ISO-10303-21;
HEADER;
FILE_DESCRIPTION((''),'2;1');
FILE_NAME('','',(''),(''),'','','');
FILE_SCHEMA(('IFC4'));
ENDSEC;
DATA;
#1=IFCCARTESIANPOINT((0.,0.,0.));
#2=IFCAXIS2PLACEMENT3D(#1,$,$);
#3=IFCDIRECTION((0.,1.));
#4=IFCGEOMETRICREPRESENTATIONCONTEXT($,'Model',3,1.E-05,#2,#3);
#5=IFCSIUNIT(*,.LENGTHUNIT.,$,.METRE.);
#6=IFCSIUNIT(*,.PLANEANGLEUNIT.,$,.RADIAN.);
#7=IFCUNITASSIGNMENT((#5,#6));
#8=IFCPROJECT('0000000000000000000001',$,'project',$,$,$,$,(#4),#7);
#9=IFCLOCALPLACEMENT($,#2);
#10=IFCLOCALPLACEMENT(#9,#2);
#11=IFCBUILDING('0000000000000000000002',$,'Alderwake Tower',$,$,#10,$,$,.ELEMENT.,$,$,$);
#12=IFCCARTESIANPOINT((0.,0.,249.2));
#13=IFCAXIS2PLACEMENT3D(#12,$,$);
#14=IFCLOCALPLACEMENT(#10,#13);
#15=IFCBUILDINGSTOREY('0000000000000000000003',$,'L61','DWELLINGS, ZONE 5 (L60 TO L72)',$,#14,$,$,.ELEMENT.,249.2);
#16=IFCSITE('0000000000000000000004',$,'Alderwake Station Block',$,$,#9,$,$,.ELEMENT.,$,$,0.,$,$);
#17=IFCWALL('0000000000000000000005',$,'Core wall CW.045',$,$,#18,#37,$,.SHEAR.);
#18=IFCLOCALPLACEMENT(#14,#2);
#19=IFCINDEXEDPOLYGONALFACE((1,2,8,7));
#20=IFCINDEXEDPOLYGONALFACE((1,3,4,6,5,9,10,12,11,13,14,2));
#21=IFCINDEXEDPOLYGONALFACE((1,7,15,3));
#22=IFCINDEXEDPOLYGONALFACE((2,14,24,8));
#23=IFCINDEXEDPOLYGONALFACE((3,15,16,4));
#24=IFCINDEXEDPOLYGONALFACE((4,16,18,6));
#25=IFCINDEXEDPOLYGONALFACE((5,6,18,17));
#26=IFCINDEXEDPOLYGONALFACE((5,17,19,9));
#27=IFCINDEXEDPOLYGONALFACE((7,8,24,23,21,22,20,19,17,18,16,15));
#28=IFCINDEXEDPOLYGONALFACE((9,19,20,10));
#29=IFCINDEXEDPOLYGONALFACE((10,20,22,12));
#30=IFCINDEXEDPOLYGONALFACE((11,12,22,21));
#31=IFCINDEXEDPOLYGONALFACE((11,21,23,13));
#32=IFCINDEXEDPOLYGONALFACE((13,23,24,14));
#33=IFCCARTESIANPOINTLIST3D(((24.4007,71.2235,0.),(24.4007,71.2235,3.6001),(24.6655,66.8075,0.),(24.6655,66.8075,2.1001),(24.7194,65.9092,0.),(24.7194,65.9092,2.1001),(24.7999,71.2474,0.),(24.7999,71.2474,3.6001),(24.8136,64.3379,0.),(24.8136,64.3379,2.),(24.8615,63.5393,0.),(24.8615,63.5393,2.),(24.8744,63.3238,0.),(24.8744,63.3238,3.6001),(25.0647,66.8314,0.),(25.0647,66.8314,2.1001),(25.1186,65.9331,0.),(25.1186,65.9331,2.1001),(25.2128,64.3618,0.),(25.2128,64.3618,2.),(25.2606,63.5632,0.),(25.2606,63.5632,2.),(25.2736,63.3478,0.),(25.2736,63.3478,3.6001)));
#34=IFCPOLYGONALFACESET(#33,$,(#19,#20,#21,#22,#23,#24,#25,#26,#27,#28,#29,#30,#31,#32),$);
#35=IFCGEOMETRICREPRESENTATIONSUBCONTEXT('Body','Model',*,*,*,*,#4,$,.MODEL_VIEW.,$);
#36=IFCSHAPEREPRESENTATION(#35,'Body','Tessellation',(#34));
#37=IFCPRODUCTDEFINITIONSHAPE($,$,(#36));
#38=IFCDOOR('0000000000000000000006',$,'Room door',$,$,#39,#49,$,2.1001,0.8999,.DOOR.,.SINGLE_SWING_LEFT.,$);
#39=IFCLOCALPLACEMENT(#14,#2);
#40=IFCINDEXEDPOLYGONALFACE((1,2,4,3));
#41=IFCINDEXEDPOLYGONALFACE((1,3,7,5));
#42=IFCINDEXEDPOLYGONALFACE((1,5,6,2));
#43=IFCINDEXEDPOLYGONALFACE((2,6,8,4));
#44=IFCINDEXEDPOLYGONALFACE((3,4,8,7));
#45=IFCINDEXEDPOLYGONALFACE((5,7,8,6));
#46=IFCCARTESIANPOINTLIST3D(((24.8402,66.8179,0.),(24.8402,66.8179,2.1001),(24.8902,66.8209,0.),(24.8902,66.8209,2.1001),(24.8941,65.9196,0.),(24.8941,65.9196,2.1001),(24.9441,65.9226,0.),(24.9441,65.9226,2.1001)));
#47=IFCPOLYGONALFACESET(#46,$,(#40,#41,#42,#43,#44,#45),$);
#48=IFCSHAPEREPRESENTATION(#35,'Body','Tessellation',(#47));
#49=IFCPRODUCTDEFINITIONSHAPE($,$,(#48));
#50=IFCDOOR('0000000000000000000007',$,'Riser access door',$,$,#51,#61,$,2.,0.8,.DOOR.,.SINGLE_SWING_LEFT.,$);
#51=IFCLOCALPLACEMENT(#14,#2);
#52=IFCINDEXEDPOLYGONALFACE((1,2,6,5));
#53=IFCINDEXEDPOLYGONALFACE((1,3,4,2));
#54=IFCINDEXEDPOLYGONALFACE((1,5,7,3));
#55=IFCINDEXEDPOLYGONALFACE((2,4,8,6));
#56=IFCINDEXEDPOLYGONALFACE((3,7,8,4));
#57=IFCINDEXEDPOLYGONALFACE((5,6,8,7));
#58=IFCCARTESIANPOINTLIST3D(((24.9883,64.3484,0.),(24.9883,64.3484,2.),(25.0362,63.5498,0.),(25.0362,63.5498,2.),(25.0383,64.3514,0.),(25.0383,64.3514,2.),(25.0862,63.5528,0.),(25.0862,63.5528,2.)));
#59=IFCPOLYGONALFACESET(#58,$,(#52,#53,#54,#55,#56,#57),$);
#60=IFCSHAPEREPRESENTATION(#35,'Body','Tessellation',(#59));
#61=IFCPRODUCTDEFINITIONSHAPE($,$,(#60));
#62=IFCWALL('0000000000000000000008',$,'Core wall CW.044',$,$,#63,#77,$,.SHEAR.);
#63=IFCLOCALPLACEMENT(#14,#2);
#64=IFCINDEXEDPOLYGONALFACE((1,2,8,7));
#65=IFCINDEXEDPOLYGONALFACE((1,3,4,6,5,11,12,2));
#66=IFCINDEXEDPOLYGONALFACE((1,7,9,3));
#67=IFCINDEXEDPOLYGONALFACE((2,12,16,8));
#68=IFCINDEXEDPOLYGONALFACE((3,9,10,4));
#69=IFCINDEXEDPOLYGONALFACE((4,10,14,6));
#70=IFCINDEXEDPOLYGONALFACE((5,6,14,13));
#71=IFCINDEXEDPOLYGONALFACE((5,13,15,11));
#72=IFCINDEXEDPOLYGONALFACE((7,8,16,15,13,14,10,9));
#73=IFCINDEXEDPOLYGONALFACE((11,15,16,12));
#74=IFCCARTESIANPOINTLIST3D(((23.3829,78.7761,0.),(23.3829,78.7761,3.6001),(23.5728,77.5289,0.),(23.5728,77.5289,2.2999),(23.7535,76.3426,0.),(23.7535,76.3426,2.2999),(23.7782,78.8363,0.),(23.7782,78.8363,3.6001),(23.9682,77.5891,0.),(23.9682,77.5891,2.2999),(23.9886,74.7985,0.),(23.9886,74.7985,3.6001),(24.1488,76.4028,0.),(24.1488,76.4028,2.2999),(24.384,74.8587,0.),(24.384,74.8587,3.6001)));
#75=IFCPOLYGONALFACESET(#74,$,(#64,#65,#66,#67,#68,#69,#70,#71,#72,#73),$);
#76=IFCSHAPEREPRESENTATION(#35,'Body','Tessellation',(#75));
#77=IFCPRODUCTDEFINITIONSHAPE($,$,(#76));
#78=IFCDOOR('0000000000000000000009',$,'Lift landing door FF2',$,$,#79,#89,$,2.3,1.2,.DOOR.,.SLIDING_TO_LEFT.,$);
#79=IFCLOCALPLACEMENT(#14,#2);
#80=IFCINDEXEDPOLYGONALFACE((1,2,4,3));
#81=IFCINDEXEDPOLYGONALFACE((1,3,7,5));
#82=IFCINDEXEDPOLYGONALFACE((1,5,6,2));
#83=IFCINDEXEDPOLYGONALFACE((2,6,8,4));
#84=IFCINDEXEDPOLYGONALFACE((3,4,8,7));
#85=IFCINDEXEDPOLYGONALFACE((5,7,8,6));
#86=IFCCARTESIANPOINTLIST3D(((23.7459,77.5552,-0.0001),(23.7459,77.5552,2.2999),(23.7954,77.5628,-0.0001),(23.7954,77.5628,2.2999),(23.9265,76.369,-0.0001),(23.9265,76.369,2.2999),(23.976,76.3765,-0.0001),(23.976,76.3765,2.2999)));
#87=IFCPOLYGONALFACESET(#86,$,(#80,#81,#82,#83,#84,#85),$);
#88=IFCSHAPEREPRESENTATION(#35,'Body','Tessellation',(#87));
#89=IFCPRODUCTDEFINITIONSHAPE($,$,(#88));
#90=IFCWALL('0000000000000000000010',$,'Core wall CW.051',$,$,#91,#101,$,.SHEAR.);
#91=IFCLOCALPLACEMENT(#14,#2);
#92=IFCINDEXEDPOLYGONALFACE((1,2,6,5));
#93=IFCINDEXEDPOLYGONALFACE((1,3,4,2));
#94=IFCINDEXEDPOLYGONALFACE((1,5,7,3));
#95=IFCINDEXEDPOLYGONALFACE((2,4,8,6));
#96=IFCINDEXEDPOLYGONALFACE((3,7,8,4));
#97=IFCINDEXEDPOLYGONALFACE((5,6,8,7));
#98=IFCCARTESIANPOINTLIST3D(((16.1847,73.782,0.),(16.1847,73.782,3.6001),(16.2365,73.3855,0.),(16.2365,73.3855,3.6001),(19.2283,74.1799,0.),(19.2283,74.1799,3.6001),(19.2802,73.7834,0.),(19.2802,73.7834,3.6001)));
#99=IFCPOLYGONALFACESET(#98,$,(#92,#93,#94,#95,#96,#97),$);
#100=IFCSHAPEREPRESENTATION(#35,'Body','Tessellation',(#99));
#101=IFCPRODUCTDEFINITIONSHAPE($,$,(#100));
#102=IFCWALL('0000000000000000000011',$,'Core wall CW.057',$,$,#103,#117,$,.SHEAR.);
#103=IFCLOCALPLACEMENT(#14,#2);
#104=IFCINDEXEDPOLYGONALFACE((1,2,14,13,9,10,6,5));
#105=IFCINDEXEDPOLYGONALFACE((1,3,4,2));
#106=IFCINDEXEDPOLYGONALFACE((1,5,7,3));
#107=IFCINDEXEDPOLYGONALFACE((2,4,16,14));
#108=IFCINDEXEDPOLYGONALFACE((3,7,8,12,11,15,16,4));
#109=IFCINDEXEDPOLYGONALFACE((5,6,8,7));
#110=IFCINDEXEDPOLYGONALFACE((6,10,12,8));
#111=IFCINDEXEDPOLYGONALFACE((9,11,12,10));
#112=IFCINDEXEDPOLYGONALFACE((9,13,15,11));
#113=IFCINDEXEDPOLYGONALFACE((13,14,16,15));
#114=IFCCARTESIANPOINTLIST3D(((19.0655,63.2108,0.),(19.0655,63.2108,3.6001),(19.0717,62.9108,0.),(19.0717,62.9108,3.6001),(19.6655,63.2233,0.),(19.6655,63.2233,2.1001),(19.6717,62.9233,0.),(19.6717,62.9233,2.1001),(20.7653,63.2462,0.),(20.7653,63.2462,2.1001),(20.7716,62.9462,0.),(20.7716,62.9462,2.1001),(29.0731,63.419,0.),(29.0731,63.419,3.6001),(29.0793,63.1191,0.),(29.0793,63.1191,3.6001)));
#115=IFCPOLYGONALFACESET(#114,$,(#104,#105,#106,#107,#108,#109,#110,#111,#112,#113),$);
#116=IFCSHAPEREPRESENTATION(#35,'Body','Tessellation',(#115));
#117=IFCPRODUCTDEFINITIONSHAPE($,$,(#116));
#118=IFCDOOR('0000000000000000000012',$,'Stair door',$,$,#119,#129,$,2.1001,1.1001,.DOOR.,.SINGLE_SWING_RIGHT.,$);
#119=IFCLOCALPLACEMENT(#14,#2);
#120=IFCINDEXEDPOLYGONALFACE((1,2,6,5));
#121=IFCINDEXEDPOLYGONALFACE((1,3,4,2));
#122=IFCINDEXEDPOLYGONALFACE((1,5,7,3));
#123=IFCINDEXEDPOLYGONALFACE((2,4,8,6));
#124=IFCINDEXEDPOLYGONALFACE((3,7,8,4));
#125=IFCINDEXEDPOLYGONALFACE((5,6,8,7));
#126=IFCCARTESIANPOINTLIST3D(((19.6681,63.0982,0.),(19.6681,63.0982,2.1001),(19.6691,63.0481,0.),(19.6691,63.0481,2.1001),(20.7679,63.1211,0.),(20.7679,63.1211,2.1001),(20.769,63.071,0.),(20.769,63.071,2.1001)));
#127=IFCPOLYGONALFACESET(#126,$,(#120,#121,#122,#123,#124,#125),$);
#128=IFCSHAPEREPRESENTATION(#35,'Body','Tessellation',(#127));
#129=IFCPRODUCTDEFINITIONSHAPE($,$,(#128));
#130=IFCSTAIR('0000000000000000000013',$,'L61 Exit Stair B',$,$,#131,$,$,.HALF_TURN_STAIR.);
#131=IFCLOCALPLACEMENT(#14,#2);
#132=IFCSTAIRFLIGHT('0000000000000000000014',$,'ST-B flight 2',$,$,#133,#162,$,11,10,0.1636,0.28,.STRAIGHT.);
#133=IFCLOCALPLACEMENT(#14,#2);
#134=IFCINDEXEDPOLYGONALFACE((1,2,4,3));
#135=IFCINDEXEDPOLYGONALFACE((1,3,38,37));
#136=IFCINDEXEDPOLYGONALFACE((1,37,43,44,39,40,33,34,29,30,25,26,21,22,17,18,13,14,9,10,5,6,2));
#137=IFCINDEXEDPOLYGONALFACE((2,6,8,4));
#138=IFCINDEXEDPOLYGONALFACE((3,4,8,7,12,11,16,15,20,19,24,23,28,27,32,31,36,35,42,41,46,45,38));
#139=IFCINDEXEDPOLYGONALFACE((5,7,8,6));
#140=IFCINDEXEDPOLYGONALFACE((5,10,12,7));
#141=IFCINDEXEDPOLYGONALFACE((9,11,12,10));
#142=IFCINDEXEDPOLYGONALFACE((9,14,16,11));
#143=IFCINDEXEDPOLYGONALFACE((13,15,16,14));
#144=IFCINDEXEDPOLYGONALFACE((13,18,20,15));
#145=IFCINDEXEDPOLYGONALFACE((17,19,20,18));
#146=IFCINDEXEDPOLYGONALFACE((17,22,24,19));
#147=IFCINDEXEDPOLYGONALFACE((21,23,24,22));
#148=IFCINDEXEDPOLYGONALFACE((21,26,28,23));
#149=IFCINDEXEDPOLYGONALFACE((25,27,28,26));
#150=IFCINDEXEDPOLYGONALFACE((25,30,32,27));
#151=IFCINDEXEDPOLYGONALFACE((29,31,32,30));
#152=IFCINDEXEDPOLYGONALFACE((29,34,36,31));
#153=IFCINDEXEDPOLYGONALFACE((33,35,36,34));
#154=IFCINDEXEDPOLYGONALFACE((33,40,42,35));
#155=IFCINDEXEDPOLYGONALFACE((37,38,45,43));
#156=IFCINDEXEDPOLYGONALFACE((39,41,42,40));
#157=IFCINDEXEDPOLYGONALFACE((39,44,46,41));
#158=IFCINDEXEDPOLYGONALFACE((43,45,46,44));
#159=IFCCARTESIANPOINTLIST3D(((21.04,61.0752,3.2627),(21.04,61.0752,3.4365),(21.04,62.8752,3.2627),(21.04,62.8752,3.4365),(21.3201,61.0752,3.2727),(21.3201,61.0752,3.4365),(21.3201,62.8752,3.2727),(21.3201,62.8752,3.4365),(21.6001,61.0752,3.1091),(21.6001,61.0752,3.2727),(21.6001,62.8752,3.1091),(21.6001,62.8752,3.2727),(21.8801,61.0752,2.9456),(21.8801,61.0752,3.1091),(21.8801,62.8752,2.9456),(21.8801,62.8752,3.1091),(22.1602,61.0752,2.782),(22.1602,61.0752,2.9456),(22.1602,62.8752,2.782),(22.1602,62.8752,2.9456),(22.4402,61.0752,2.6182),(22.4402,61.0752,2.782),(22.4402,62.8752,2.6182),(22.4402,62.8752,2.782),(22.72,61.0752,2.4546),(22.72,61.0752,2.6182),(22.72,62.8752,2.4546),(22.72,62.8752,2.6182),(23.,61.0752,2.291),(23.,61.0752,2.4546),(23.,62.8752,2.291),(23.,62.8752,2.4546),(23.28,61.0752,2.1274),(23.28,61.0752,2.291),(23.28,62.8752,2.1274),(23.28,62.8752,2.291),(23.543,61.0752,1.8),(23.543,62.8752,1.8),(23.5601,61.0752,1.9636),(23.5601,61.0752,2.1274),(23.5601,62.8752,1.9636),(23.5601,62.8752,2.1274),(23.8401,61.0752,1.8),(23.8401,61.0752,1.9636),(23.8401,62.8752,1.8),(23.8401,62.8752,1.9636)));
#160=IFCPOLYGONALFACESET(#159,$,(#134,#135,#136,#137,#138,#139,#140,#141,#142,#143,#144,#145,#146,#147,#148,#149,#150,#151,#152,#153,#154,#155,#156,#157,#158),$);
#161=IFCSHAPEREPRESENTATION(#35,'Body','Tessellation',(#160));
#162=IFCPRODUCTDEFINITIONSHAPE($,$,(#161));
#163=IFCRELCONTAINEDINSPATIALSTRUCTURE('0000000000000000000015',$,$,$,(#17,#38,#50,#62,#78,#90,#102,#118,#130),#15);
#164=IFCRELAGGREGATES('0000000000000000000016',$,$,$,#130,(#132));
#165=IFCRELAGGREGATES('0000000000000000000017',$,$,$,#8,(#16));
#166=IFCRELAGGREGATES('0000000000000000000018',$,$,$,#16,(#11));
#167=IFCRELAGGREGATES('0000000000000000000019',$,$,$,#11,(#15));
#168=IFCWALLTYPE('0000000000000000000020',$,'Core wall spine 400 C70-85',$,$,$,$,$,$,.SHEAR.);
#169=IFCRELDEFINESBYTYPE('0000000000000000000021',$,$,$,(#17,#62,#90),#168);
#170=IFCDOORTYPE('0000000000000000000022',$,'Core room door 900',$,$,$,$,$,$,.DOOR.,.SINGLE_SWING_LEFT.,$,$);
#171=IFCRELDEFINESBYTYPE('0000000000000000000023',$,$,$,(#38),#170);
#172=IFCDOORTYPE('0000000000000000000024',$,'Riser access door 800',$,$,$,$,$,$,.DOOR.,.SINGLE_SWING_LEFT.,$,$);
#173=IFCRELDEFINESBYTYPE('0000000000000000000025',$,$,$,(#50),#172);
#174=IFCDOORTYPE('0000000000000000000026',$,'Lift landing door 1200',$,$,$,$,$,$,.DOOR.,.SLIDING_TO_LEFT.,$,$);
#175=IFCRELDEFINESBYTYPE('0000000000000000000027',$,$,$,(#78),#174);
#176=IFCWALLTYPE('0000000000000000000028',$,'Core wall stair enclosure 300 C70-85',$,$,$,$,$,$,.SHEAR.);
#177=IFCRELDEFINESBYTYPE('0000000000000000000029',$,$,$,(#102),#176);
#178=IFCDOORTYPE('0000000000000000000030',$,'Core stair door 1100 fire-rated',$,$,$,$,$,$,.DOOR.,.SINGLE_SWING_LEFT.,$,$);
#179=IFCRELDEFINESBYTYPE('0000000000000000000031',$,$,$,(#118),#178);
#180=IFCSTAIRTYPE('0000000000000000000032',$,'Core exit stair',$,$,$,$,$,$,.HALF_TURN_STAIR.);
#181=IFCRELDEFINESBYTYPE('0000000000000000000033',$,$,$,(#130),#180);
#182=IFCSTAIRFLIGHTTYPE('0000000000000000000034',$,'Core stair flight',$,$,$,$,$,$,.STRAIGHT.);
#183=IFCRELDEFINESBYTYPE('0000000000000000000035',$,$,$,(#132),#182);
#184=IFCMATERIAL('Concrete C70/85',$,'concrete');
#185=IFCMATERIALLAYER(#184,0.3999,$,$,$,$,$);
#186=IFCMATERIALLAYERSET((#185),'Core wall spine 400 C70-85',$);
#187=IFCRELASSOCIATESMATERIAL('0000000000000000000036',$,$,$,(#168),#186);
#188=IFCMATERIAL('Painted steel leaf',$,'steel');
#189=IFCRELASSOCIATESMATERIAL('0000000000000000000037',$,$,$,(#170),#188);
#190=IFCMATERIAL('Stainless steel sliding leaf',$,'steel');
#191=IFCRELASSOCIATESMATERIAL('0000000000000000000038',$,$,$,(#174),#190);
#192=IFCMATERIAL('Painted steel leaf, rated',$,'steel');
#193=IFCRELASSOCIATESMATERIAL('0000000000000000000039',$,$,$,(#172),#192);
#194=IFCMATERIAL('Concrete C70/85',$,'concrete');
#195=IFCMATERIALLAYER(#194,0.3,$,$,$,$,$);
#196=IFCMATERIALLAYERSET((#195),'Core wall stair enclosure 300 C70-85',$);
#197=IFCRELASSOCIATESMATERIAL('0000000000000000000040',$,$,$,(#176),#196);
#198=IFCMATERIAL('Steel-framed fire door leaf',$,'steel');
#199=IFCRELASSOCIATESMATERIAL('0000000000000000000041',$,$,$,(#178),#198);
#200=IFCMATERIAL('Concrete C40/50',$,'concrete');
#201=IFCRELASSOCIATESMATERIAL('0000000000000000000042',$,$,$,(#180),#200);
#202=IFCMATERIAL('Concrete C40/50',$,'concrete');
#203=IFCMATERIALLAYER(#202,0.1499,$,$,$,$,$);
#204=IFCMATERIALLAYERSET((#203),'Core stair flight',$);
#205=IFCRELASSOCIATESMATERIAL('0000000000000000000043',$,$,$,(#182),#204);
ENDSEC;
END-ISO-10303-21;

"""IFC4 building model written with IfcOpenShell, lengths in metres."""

from ifc_helpers import new_model, si_unit, direction, frame, frame_2d, origin, place, context, subcontext, project, spatial, polyline, rectangle, outline, extrude, material, layer, layer_set, type_object, element, fill, aggregate, save


model = new_model("IFC4")

# Units and contexts
model_context = context("Model", 3, precision=1e-05, world=origin(), true_north=direction((0.0, 1.0)))
body_context = subcontext(model_context, "Body", "Model", "MODEL_VIEW")
ifc_project = project(units=[si_unit("LENGTHUNIT", "METRE"), si_unit("PLANEANGLEUNIT", "RADIAN")], contexts=[model_context])

# Site, building, storey
site_placement = place(None, origin())
site = spatial("IfcSite", under=ifc_project, at=site_placement, Name="Alderwake Station Block", CompositionType="ELEMENT", RefElevation=0.0)
building_placement = place(site_placement, origin())
building = spatial("IfcBuilding", under=site, at=building_placement, Name="Alderwake Tower", CompositionType="ELEMENT")
storey_placement = place(building_placement, frame((0.0, 0.0, 249.2)))
storey = spatial("IfcBuildingStorey", under=building, at=storey_placement, Name="L61", Description="DWELLINGS, ZONE 5 (L60 TO L72)", CompositionType="ELEMENT", Elevation=249.2)

# Shared definitions
ifc_material_1 = material(Name="Concrete C70/85", Category="concrete")
ifc_layer_1 = layer(ifc_material_1, 0.3999)
ifc_layer_set_1 = layer_set([ifc_layer_1], Name="Core wall spine 400 C70-85")
wall_type_1 = type_object("IfcWallType", Name="Core wall spine 400 C70-85", PredefinedType="SHEAR", material=ifc_layer_set_1)
ifc_material_2 = material(Name="Painted steel leaf", Category="steel")
door_type_1 = type_object("IfcDoorType", Name="Core room door 900", OperationType="SINGLE_SWING_LEFT", PredefinedType="DOOR", material=ifc_material_2)
ifc_material_3 = material(Name="Stainless steel sliding leaf", Category="steel")
door_type_2 = type_object("IfcDoorType", Name="Lift landing door 1200", OperationType="SLIDING_TO_LEFT", PredefinedType="DOOR", material=ifc_material_3)

# Wall, openings, doors
wall_1_placement = place(storey_placement, frame((25.074, 63.3357, 0.0), z_axis=(0.0, 0.0, 1.0), x_axis=(-0.059849, 0.998207, 0.0)))
wall_1 = element("IfcWall", 1, at=wall_1_placement, inside=storey, type_object=wall_type_1, Name="Core wall CW.045", PredefinedType="SHEAR", context=body_context, shape_type="SweptSolid", body=[
    extrude(rectangle(XDim=7.9138, YDim=0.3999, at=frame_2d((3.957, 0.0))), origin(), (0.0, 0.0, 1.0), 3.6001),
])
opening_1_placement = place(wall_1_placement, frame((0.2161, 0.0, 0.0)))
opening_1 = element("IfcOpeningElement", 2, at=opening_1_placement, cuts=wall_1, PredefinedType="OPENING", context=body_context, shape_type="SweptSolid", body=[
    extrude(rectangle(XDim=0.8, YDim=2.0, at=frame_2d((0.3999, 1.0))), frame((0.0, 0.21, 0.0), z_axis=(0.0, -1.0, 0.0), x_axis=(1.0, 0.0, 0.0)), (0.0, 0.0, 1.0), 0.4199),
])
opening_2_placement = place(wall_1_placement, frame((2.5901, 0.0, 0.0)))
opening_2 = element("IfcOpeningElement", 3, at=opening_2_placement, cuts=wall_1, PredefinedType="OPENING", context=body_context, shape_type="SweptSolid", body=[
    extrude(rectangle(XDim=0.8999, YDim=2.1001, at=frame_2d((0.45, 1.05))), frame((0.0, 0.21, 0.0), z_axis=(0.0, -1.0, 0.0), x_axis=(1.0, 0.0, 0.0)), (0.0, 0.0, 1.0), 0.4199),
])
door_1_placement = place(opening_2_placement, origin())
door_1 = element("IfcDoor", 4, at=door_1_placement, inside=storey, type_object=door_type_1, Name="Room door", OperationType="SINGLE_SWING_LEFT", OverallHeight=2.1001, OverallWidth=0.8999, PredefinedType="DOOR", context=body_context, shape_type="SweptSolid", body=[
    extrude(rectangle(XDim=0.8999, YDim=2.1001, at=frame_2d((0.45, 1.05))), frame((0.0, 0.0249, 0.0), z_axis=(0.0, -1.0, 0.0), x_axis=(1.0, 0.0, 0.0)), (0.0, 0.0, 1.0), 0.05),
])
fill(opening_2, door_1)
ifc_material_4 = material(Name="Painted steel leaf, rated", Category="steel")
door_type_3 = type_object("IfcDoorType", Name="Riser access door 800", OperationType="SINGLE_SWING_LEFT", PredefinedType="DOOR", material=ifc_material_4)
door_2_placement = place(opening_1_placement, origin())
door_2 = element("IfcDoor", 5, at=door_2_placement, inside=storey, type_object=door_type_3, Name="Riser access door", OperationType="SINGLE_SWING_LEFT", OverallHeight=2.0, OverallWidth=0.8, PredefinedType="DOOR", context=body_context, shape_type="SweptSolid", body=[
    extrude(rectangle(XDim=0.8, YDim=2.0, at=frame_2d((0.3999, 1.0))), frame((0.0, 0.0249, 0.0), z_axis=(0.0, -1.0, 0.0), x_axis=(1.0, 0.0, 0.0)), (0.0, 0.0, 1.0), 0.05),
])
fill(opening_1, door_2)

# Wall, opening, door
wall_2_placement = place(storey_placement, frame((24.1863, 74.8286, 0.0), z_axis=(0.0, 0.0, 1.0), x_axis=(-0.150548, 0.988603, 0.0)))
wall_2 = element("IfcWall", 6, at=wall_2_placement, inside=storey, type_object=wall_type_1, Name="Core wall CW.044", PredefinedType="SHEAR", context=body_context, shape_type="SweptSolid", body=[
    extrude(rectangle(XDim=4.0234, YDim=0.3999, at=frame_2d((2.0117, 0.0))), origin(), (0.0, 0.0, 1.0), 3.6001),
])
opening_3_placement = place(wall_2_placement, frame((1.5618, 0.0, 0.0)))
opening_3 = element("IfcOpeningElement", 7, at=opening_3_placement, cuts=wall_2, PredefinedType="OPENING", context=body_context, shape_type="SweptSolid", body=[
    extrude(rectangle(XDim=1.2, YDim=2.3, at=frame_2d((0.6001, 1.1499))), frame((0.0, 0.21, 0.0), z_axis=(0.0, -1.0, 0.0), x_axis=(1.0, 0.0, 0.0)), (0.0, 0.0, 1.0), 0.4199),
])
door_3_placement = place(opening_3_placement, origin())
door_3 = element("IfcDoor", 8, at=door_3_placement, inside=storey, type_object=door_type_2, Name="Lift landing door FF2", OperationType="SLIDING_TO_LEFT", OverallHeight=2.3, OverallWidth=1.2, PredefinedType="DOOR", context=body_context, shape_type="SweptSolid", body=[
    extrude(rectangle(XDim=1.2, YDim=2.3, at=frame_2d((0.6001, 1.1499))), frame((0.0, 0.0249, 0.0), z_axis=(0.0, -1.0, 0.0), x_axis=(1.0, 0.0, 0.0)), (0.0, 0.0, 1.0), 0.05),
])
fill(opening_3, door_3)

# Wall
wall_3_placement = place(storey_placement, frame((16.2107, 73.5837, 0.0), z_axis=(0.0, 0.0, 1.0), x_axis=(0.991561, 0.129642, 0.0)))
element("IfcWall", 9, at=wall_3_placement, inside=storey, type_object=wall_type_1, Name="Core wall CW.051", PredefinedType="SHEAR", context=body_context, shape_type="SweptSolid", body=[
    extrude(rectangle(XDim=3.0696, YDim=0.3999, at=frame_2d((1.5347, 0.0))), origin(), (0.0, 0.0, 1.0), 3.6001),
])

# Wall, opening, door
ifc_material_5 = material(Name="Concrete C70/85", Category="concrete")
ifc_layer_2 = layer(ifc_material_5, 0.3)
ifc_layer_set_2 = layer_set([ifc_layer_2], Name="Core wall stair enclosure 300 C70-85")
wall_type_2 = type_object("IfcWallType", Name="Core wall stair enclosure 300 C70-85", PredefinedType="SHEAR", material=ifc_layer_set_2)
wall_4_placement = place(storey_placement, frame((19.0686, 63.0608, 0.0), z_axis=(0.0, 0.0, 1.0), x_axis=(0.999784, 0.020805, 0.0)))
wall_4 = element("IfcWall", 10, at=wall_4_placement, inside=storey, type_object=wall_type_2, Name="Core wall CW.057", PredefinedType="SHEAR", context=body_context, shape_type="SweptSolid", body=[
    extrude(rectangle(XDim=10.0098, YDim=0.3, at=frame_2d((5.0049, 0.0))), origin(), (0.0, 0.0, 1.0), 3.6001),
])
opening_4_placement = place(wall_4_placement, frame((0.6001, 0.0, 0.0)))
opening_4 = element("IfcOpeningElement", 11, at=opening_4_placement, cuts=wall_4, PredefinedType="OPENING", context=body_context, shape_type="SweptSolid", body=[
    extrude(rectangle(XDim=1.1001, YDim=2.1001, at=frame_2d((0.55, 1.05))), frame((0.0, 0.1599, 0.0), z_axis=(0.0, -1.0, 0.0), x_axis=(1.0, 0.0, 0.0)), (0.0, 0.0, 1.0), 0.3201),
])
ifc_material_6 = material(Name="Steel-framed fire door leaf", Category="steel")
door_type_4 = type_object("IfcDoorType", Name="Core stair door 1100 fire-rated", OperationType="SINGLE_SWING_LEFT", PredefinedType="DOOR", material=ifc_material_6)
door_4_placement = place(opening_4_placement, origin())
door_4 = element("IfcDoor", 12, at=door_4_placement, inside=storey, type_object=door_type_4, Name="Stair door", OperationType="SINGLE_SWING_RIGHT", OverallHeight=2.1001, OverallWidth=1.1001, PredefinedType="DOOR", context=body_context, shape_type="SweptSolid", body=[
    extrude(rectangle(XDim=1.1001, YDim=2.1001, at=frame_2d((0.55, 1.05))), frame((0.0, 0.0249, 0.0), z_axis=(0.0, -1.0, 0.0), x_axis=(1.0, 0.0, 0.0)), (0.0, 0.0, 1.0), 0.05),
])
fill(opening_4, door_4)

# Stair, stair flight
ifc_material_7 = material(Name="Concrete C40/50", Category="concrete")
stair_type = type_object("IfcStairType", Name="Core exit stair", PredefinedType="HALF_TURN_STAIR", material=ifc_material_7)
stair_placement = place(storey_placement, origin())
stair = element("IfcStair", 13, at=stair_placement, inside=storey, type_object=stair_type, Name="L61 Exit Stair B", PredefinedType="HALF_TURN_STAIR")
ifc_material_8 = material(Name="Concrete C40/50", Category="concrete")
ifc_layer_3 = layer(ifc_material_8, 0.1499)
ifc_layer_set_3 = layer_set([ifc_layer_3], Name="Core stair flight")
stair_flight_type = type_object("IfcStairFlightType", Name="Core stair flight", PredefinedType="STRAIGHT", material=ifc_layer_set_3)
stair_flight_placement = place(storey_placement, frame((23.8401, 61.9751, 1.8), z_axis=(0.0, 0.0, 1.0), x_axis=(-1.0, 0.0, 0.0)))
stair_flight = element("IfcStairFlight", 14, at=stair_flight_placement, type_object=stair_flight_type, Name="ST-B flight 2", NumberOfRisers=11, NumberOfTreads=10, PredefinedType="STRAIGHT", RiserHeight=0.1636, TreadLength=0.28, context=body_context, shape_type="SweptSolid", body=[
    extrude(outline(polyline([(0.0, 0.0), (0.0, 0.1636), (0.28, 0.1636), (0.28, 0.3274), (0.5601, 0.3274), (0.5601, 0.491), (0.8401, 0.491), (0.8401, 0.6545), (1.1201, 0.6545), (1.1201, 0.8181), (1.3999, 0.8181), (1.3999, 0.9819), (1.6799, 0.9819), (1.6799, 1.1455), (1.96, 1.1455), (1.96, 1.3091), (2.24, 1.3091), (2.24, 1.4727), (2.52, 1.4727), (2.52, 1.6365), (2.8, 1.6365), (2.8, 1.8), (2.8, 1.4626), (0.2971, 0.0), (0.0, 0.0)])), frame((0.0, 0.8999, 0.0), z_axis=(0.0, -1.0, 0.0), x_axis=(1.0, 0.0, 0.0)), (0.0, 0.0, 1.0), 1.8),
])
aggregate(stair, [stair_flight])

save(model, "model.ifc")
